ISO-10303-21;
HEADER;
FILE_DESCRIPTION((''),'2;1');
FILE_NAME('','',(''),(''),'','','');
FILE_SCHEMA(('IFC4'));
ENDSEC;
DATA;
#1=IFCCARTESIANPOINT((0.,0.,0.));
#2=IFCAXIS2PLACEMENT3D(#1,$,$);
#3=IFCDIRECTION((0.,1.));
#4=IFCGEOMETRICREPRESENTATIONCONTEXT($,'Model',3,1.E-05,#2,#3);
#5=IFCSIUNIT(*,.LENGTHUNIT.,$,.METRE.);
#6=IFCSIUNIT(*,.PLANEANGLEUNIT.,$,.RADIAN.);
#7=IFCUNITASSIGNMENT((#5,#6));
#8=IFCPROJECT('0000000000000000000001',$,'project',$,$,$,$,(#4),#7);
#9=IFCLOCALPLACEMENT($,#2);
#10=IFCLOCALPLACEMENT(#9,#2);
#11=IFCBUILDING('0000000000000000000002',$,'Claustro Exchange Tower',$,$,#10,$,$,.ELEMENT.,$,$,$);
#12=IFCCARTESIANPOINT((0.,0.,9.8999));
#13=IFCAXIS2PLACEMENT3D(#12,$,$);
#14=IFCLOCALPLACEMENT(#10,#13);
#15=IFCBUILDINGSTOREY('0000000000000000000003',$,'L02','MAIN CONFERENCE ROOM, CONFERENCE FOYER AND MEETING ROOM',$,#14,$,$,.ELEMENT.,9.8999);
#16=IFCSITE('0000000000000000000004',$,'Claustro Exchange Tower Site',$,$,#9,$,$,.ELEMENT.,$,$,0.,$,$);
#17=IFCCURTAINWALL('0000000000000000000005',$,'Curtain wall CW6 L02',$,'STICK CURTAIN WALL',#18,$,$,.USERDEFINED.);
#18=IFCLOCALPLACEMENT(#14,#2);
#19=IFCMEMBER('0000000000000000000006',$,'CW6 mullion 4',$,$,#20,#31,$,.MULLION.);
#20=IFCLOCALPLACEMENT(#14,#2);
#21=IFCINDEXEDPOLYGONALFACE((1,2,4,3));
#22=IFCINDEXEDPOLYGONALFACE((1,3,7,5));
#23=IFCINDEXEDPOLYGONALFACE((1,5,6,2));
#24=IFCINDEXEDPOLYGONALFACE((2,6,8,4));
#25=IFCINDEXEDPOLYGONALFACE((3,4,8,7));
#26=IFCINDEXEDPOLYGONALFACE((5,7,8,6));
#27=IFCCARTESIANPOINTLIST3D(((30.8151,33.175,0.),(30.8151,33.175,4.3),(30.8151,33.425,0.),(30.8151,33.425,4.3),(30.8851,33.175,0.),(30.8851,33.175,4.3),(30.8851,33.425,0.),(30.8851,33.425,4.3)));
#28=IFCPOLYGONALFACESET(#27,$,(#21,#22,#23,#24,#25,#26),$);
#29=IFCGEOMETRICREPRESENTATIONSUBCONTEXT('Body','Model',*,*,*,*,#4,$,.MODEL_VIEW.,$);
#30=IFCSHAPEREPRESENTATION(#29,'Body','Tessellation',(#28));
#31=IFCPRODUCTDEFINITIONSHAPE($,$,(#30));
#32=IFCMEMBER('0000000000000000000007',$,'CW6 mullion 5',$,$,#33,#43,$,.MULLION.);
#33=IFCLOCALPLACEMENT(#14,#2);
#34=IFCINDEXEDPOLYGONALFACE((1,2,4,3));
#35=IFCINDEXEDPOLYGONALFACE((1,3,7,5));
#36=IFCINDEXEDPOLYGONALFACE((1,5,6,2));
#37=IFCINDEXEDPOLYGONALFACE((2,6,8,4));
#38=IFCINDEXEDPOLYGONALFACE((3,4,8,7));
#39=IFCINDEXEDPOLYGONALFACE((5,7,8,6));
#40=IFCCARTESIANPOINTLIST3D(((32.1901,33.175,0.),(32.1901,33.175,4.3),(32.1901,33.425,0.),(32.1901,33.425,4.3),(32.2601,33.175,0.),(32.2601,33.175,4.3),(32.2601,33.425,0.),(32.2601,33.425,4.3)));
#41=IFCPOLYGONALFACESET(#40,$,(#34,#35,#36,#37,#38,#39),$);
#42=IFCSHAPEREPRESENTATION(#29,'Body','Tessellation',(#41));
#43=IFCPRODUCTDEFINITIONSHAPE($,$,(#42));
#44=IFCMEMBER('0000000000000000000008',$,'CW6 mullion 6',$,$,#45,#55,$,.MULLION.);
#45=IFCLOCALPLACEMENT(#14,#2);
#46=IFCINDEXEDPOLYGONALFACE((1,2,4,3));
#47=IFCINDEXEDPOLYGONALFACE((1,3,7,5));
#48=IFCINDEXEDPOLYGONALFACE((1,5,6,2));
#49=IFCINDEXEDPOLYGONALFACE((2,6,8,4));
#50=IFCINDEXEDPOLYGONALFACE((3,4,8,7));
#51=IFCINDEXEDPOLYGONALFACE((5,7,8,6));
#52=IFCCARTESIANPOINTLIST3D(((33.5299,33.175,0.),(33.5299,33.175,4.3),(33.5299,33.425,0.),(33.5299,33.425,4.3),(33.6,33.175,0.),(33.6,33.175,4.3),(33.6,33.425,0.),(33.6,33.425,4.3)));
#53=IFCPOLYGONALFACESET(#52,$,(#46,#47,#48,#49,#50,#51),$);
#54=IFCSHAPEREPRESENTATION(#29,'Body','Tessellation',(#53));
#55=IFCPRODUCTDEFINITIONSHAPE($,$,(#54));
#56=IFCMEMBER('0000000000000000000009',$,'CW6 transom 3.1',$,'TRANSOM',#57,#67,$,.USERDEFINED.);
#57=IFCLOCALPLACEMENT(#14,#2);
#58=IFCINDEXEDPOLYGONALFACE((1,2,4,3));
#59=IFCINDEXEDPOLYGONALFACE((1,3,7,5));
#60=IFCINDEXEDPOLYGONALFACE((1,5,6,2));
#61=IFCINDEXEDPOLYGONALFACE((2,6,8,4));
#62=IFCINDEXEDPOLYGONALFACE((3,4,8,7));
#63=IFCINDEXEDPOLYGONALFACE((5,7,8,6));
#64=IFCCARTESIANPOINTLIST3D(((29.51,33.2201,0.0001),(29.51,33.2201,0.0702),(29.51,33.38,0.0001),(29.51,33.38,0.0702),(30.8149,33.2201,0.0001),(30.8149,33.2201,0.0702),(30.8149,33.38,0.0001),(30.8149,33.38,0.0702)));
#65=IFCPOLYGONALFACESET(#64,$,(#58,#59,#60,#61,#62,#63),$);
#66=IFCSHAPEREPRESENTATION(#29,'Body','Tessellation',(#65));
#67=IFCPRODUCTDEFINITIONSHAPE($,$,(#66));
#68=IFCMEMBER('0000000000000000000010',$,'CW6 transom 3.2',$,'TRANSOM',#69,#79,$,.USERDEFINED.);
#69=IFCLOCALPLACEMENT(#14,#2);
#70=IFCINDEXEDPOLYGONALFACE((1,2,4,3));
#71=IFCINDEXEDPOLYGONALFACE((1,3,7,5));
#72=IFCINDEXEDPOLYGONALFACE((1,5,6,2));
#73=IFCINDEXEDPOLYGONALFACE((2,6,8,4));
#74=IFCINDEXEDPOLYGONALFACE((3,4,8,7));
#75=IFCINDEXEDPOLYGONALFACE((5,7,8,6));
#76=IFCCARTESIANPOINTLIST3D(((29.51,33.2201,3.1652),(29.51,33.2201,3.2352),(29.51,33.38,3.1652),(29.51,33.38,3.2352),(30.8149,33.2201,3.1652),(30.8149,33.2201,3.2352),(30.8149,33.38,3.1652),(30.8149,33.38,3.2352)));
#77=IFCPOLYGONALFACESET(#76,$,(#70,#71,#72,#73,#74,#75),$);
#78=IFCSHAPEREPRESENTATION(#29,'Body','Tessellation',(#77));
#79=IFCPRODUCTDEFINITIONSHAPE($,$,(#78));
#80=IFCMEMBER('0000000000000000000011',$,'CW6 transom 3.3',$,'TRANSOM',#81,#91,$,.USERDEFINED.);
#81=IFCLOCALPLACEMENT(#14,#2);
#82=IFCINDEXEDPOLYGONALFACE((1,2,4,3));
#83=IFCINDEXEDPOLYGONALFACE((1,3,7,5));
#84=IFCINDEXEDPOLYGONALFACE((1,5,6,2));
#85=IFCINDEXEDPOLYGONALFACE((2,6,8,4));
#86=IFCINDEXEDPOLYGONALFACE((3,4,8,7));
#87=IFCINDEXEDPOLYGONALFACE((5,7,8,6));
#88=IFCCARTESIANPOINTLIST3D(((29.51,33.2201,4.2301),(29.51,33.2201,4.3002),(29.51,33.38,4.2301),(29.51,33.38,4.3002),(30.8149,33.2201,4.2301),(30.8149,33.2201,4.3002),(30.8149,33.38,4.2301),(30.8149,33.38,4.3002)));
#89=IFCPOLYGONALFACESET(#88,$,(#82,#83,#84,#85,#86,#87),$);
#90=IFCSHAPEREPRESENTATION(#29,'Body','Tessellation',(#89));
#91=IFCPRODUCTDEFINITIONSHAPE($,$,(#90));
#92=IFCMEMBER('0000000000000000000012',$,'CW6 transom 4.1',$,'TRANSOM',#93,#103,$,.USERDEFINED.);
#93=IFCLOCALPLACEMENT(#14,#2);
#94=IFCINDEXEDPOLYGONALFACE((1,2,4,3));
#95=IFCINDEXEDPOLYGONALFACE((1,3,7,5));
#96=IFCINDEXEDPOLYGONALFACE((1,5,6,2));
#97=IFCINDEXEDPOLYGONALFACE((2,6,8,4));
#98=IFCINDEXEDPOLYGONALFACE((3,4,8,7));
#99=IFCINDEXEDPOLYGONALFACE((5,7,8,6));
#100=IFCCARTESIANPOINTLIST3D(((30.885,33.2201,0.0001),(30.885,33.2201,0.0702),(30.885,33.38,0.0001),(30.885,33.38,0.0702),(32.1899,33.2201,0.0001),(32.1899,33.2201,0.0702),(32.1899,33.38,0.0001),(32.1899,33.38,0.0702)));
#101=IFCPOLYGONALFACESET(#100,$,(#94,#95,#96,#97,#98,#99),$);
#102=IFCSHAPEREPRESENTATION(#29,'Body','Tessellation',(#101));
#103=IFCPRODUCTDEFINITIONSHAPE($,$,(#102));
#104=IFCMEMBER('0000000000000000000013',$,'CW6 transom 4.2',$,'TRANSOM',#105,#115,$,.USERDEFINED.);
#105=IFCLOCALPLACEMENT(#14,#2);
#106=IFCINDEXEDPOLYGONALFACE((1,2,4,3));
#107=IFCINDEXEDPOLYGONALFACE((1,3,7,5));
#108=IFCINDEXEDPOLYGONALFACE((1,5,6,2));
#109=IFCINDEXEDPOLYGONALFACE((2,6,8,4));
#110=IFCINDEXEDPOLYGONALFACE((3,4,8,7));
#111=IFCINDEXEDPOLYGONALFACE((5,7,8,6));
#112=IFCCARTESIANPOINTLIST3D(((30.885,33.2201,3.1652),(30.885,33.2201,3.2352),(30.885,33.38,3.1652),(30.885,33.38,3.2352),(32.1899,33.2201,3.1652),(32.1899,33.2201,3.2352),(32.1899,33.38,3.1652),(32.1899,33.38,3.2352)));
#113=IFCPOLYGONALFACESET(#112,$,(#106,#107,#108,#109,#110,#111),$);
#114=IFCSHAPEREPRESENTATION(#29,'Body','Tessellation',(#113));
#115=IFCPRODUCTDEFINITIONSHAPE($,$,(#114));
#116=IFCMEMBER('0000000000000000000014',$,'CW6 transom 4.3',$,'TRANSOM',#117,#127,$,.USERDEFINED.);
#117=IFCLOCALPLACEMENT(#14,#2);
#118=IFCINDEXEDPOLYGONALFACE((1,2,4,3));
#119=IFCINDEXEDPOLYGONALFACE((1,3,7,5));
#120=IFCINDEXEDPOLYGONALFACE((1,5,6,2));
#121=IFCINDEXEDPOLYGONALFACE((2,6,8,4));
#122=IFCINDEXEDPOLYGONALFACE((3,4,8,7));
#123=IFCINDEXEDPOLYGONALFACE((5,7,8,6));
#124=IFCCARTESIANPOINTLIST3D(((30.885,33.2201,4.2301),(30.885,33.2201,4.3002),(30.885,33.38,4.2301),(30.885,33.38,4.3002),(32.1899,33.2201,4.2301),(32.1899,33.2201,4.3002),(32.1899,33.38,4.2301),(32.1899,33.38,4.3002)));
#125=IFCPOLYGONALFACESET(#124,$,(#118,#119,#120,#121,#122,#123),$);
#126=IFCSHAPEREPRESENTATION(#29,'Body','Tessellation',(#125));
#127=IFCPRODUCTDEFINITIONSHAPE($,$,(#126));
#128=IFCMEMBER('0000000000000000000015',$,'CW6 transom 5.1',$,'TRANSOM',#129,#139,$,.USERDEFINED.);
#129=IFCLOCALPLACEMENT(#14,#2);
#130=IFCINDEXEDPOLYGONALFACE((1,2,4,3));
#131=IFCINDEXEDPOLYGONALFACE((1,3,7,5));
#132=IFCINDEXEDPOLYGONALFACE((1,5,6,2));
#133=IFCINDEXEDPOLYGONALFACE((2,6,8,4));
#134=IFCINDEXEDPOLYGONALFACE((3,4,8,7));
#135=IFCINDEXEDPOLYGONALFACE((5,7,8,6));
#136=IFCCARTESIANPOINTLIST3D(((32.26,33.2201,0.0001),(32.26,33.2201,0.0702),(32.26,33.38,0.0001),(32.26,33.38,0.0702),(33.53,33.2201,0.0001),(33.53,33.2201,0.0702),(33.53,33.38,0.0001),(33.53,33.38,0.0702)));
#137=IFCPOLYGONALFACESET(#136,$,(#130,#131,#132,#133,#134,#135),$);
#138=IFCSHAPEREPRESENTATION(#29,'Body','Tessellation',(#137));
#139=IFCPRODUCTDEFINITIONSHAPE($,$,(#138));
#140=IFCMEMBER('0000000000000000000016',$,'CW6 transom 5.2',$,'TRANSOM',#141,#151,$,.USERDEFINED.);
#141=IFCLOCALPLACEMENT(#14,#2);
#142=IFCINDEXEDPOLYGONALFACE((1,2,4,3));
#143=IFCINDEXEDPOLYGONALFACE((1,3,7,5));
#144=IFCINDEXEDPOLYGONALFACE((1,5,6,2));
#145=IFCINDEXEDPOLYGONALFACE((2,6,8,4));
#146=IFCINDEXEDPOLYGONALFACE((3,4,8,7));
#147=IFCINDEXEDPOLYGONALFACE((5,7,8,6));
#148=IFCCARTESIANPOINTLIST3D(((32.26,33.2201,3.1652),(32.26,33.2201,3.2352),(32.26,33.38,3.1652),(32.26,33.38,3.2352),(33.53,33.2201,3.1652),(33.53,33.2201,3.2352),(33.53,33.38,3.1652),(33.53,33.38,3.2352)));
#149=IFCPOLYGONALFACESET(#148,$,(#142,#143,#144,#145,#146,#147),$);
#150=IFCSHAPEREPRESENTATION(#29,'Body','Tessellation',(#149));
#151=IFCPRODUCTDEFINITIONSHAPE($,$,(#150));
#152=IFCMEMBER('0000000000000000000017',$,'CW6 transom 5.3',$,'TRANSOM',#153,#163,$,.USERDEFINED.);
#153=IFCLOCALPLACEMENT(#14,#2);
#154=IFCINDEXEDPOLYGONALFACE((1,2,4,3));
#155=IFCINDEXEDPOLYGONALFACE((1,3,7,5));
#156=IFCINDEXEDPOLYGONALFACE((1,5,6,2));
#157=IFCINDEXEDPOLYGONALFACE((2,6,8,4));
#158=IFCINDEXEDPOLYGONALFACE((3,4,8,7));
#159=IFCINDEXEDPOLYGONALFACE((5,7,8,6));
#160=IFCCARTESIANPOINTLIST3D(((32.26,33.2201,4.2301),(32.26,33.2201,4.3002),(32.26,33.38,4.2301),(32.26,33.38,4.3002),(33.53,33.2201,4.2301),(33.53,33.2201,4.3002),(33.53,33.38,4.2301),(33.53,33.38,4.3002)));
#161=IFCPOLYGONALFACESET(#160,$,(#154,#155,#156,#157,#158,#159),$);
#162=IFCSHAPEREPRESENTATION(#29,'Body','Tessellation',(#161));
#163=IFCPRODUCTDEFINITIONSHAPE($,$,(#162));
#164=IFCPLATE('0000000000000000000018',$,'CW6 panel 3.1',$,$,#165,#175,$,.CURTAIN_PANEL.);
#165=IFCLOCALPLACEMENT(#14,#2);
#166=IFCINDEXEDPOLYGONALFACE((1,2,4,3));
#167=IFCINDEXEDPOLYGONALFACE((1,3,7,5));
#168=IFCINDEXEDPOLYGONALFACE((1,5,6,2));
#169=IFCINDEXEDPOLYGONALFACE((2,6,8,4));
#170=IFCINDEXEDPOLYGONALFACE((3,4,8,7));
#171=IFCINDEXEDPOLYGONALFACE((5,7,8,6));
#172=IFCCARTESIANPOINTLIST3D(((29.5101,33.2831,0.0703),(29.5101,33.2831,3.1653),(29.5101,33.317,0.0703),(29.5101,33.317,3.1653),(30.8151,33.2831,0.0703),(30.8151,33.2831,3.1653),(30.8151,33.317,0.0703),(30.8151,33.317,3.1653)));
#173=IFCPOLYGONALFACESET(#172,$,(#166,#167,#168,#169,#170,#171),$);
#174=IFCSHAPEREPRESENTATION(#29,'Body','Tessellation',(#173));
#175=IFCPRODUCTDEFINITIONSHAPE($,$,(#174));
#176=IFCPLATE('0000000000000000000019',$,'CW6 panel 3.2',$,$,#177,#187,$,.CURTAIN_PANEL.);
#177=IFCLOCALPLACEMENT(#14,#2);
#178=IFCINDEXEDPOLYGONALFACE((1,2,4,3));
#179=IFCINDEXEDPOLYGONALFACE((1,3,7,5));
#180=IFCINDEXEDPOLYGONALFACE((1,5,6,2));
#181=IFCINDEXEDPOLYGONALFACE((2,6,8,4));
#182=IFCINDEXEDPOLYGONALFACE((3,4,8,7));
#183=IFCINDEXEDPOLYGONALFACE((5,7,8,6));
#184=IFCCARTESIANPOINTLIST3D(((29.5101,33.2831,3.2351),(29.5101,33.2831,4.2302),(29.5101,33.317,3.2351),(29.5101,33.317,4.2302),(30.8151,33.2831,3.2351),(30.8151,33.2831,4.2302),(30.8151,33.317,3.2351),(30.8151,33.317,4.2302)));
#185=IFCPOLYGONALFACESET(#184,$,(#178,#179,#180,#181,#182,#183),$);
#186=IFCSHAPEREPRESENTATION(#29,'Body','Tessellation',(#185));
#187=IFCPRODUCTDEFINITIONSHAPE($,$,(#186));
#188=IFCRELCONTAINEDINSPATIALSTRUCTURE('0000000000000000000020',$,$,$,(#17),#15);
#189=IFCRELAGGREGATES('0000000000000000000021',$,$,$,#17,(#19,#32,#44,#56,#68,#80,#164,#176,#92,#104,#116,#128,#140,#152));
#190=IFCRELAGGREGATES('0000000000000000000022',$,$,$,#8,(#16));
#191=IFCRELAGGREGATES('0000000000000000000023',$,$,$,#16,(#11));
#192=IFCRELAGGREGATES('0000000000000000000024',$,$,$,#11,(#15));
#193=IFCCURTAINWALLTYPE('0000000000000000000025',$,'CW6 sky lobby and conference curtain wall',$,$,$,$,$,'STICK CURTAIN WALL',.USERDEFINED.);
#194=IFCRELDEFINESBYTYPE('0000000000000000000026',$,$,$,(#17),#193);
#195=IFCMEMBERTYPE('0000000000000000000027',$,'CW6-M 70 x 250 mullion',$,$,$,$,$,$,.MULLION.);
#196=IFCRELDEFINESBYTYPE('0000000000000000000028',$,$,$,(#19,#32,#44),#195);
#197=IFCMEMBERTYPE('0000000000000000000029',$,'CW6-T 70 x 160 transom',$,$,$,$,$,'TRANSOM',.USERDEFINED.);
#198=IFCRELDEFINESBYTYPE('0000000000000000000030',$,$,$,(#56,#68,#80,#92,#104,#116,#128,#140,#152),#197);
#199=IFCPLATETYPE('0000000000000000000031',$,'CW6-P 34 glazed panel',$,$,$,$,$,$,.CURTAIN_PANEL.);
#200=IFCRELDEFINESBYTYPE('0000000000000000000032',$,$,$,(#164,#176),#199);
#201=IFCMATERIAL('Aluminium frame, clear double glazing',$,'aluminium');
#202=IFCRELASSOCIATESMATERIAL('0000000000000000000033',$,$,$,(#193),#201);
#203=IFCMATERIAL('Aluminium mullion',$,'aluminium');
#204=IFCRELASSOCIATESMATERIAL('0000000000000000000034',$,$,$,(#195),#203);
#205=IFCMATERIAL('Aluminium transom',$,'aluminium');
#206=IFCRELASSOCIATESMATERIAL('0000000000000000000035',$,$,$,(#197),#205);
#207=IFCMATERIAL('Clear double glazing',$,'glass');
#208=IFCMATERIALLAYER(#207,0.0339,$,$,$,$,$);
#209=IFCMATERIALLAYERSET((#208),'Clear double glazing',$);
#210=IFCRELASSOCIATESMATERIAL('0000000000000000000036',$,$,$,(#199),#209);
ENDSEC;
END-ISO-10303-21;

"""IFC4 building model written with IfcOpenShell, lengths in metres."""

from ifc_helpers import new_model, si_unit, direction, frame, origin, origin_2d, place, context, subcontext, project, spatial, rectangle, extrude, material, layer, layer_set, material_profile, profile_set, type_object, element, aggregate, save


model = new_model("IFC4")

# Units and contexts
model_context = context("Model", 3, precision=1e-05, world=origin(), true_north=direction((0.0, 1.0)))
body_context = subcontext(model_context, "Body", "Model", "MODEL_VIEW")
ifc_project = project(units=[si_unit("LENGTHUNIT", "METRE"), si_unit("PLANEANGLEUNIT", "RADIAN")], contexts=[model_context])

# Site, building, storey
site_placement = place(None, origin())
site = spatial("IfcSite", under=ifc_project, at=site_placement, Name="Claustro Exchange Tower Site", CompositionType="ELEMENT", RefElevation=0.0)
building_placement = place(site_placement, origin())
building = spatial("IfcBuilding", under=site, at=building_placement, Name="Claustro Exchange Tower", CompositionType="ELEMENT")
storey_placement = place(building_placement, frame((0.0, 0.0, 9.8999)))
storey = spatial("IfcBuildingStorey", under=building, at=storey_placement, Name="L02", Description="MAIN CONFERENCE ROOM, CONFERENCE FOYER AND MEETING ROOM", CompositionType="ELEMENT", Elevation=9.8999)

# Curtain wall, members, plates
ifc_material_1 = material(Name="Aluminium frame, clear double glazing", Category="aluminium")
curtain_wall_type = type_object("IfcCurtainWallType", Name="CW6 sky lobby and conference curtain wall", ElementType="STICK CURTAIN WALL", PredefinedType="USERDEFINED", material=ifc_material_1)
curtain_wall_placement = place(storey_placement, origin())
curtain_wall = element("IfcCurtainWall", 1, at=curtain_wall_placement, inside=storey, type_object=curtain_wall_type, Name="Curtain wall CW6 L02", ObjectType="STICK CURTAIN WALL", PredefinedType="USERDEFINED")
ifc_material_2 = material(Name="Aluminium mullion", Category="aluminium")
ifc_material_profile_1 = material_profile(ifc_material_2, rectangle(XDim=0.25, YDim=0.0701, at=origin_2d()), Name="CW6-M 70x250")
ifc_profile_set_1 = profile_set([ifc_material_profile_1], Name="Aluminium mullion")
member_type_1 = type_object("IfcMemberType", Name="CW6-M 70 x 250 mullion", PredefinedType="MULLION", material=ifc_profile_set_1)
member_1_placement = place(storey_placement, frame((30.8501, 33.3, 0.0), z_axis=(0.0, 0.0, 1.0), x_axis=(0.0, 1.0, 0.0)))
member_1 = element("IfcMember", 2, at=member_1_placement, type_object=member_type_1, Name="CW6 mullion 4", PredefinedType="MULLION", context=body_context, shape_type="SweptSolid", body=[
    extrude(rectangle(XDim=0.25, YDim=0.0701, at=origin_2d()), origin(), (0.0, 0.0, 1.0), 4.3),
])
member_2_placement = place(storey_placement, frame((32.2251, 33.3, 0.0), z_axis=(0.0, 0.0, 1.0), x_axis=(0.0, 1.0, 0.0)))
member_2 = element("IfcMember", 3, at=member_2_placement, type_object=member_type_1, Name="CW6 mullion 5", PredefinedType="MULLION", context=body_context, shape_type="SweptSolid", body=[
    extrude(rectangle(XDim=0.25, YDim=0.0701, at=origin_2d()), origin(), (0.0, 0.0, 1.0), 4.3),
])
member_3_placement = place(storey_placement, frame((33.5649, 33.3, 0.0), z_axis=(0.0, 0.0, 1.0), x_axis=(0.0, 1.0, 0.0)))
member_3 = element("IfcMember", 4, at=member_3_placement, type_object=member_type_1, Name="CW6 mullion 6", PredefinedType="MULLION", context=body_context, shape_type="SweptSolid", body=[
    extrude(rectangle(XDim=0.25, YDim=0.0701, at=origin_2d()), origin(), (0.0, 0.0, 1.0), 4.3),
])
ifc_material_3 = material(Name="Aluminium transom", Category="aluminium")
ifc_material_profile_2 = material_profile(ifc_material_3, rectangle(XDim=0.1599, YDim=0.0701, at=origin_2d()), Name="CW6-T 70x160")
ifc_profile_set_2 = profile_set([ifc_material_profile_2], Name="Aluminium transom")
member_type_2 = type_object("IfcMemberType", Name="CW6-T 70 x 160 transom", ElementType="TRANSOM", PredefinedType="USERDEFINED", material=ifc_profile_set_2)
member_4_placement = place(storey_placement, frame((29.51, 33.3, 0.0352), z_axis=(1.0, 0.0, 0.0), x_axis=(0.0, 1.0, 0.0)))
member_4 = element("IfcMember", 5, at=member_4_placement, type_object=member_type_2, Name="CW6 transom 3.1", ObjectType="TRANSOM", PredefinedType="USERDEFINED", context=body_context, shape_type="SweptSolid", body=[
    extrude(rectangle(XDim=0.1599, YDim=0.0701, at=origin_2d()), origin(), (0.0, 0.0, 1.0), 1.3049),
])
member_5_placement = place(storey_placement, frame((29.51, 33.3, 3.2002), z_axis=(1.0, 0.0, 0.0), x_axis=(0.0, 1.0, 0.0)))
member_5 = element("IfcMember", 6, at=member_5_placement, type_object=member_type_2, Name="CW6 transom 3.2", ObjectType="TRANSOM", PredefinedType="USERDEFINED", context=body_context, shape_type="SweptSolid", body=[
    extrude(rectangle(XDim=0.1599, YDim=0.0701, at=origin_2d()), origin(), (0.0, 0.0, 1.0), 1.3049),
])
member_6_placement = place(storey_placement, frame((29.51, 33.3, 4.2651), z_axis=(1.0, 0.0, 0.0), x_axis=(0.0, 1.0, 0.0)))
member_6 = element("IfcMember", 7, at=member_6_placement, type_object=member_type_2, Name="CW6 transom 3.3", ObjectType="TRANSOM", PredefinedType="USERDEFINED", context=body_context, shape_type="SweptSolid", body=[
    extrude(rectangle(XDim=0.1599, YDim=0.0701, at=origin_2d()), origin(), (0.0, 0.0, 1.0), 1.3049),
])
member_7_placement = place(storey_placement, frame((30.885, 33.3, 0.0352), z_axis=(1.0, 0.0, 0.0), x_axis=(0.0, 1.0, 0.0)))
member_7 = element("IfcMember", 8, at=member_7_placement, type_object=member_type_2, Name="CW6 transom 4.1", ObjectType="TRANSOM", PredefinedType="USERDEFINED", context=body_context, shape_type="SweptSolid", body=[
    extrude(rectangle(XDim=0.1599, YDim=0.0701, at=origin_2d()), origin(), (0.0, 0.0, 1.0), 1.3049),
])
member_8_placement = place(storey_placement, frame((30.885, 33.3, 3.2002), z_axis=(1.0, 0.0, 0.0), x_axis=(0.0, 1.0, 0.0)))
member_8 = element("IfcMember", 9, at=member_8_placement, type_object=member_type_2, Name="CW6 transom 4.2", ObjectType="TRANSOM", PredefinedType="USERDEFINED", context=body_context, shape_type="SweptSolid", body=[
    extrude(rectangle(XDim=0.1599, YDim=0.0701, at=origin_2d()), origin(), (0.0, 0.0, 1.0), 1.3049),
])
member_9_placement = place(storey_placement, frame((30.885, 33.3, 4.2651), z_axis=(1.0, 0.0, 0.0), x_axis=(0.0, 1.0, 0.0)))
member_9 = element("IfcMember", 10, at=member_9_placement, type_object=member_type_2, Name="CW6 transom 4.3", ObjectType="TRANSOM", PredefinedType="USERDEFINED", context=body_context, shape_type="SweptSolid", body=[
    extrude(rectangle(XDim=0.1599, YDim=0.0701, at=origin_2d()), origin(), (0.0, 0.0, 1.0), 1.3049),
])
member_10_placement = place(storey_placement, frame((32.26, 33.3, 0.0352), z_axis=(1.0, 0.0, 0.0), x_axis=(0.0, 1.0, 0.0)))
member_10 = element("IfcMember", 11, at=member_10_placement, type_object=member_type_2, Name="CW6 transom 5.1", ObjectType="TRANSOM", PredefinedType="USERDEFINED", context=body_context, shape_type="SweptSolid", body=[
    extrude(rectangle(XDim=0.1599, YDim=0.0701, at=origin_2d()), origin(), (0.0, 0.0, 1.0), 1.27),
])
member_11_placement = place(storey_placement, frame((32.26, 33.3, 3.2002), z_axis=(1.0, 0.0, 0.0), x_axis=(0.0, 1.0, 0.0)))
member_11 = element("IfcMember", 12, at=member_11_placement, type_object=member_type_2, Name="CW6 transom 5.2", ObjectType="TRANSOM", PredefinedType="USERDEFINED", context=body_context, shape_type="SweptSolid", body=[
    extrude(rectangle(XDim=0.1599, YDim=0.0701, at=origin_2d()), origin(), (0.0, 0.0, 1.0), 1.27),
])
member_12_placement = place(storey_placement, frame((32.26, 33.3, 4.2651), z_axis=(1.0, 0.0, 0.0), x_axis=(0.0, 1.0, 0.0)))
member_12 = element("IfcMember", 13, at=member_12_placement, type_object=member_type_2, Name="CW6 transom 5.3", ObjectType="TRANSOM", PredefinedType="USERDEFINED", context=body_context, shape_type="SweptSolid", body=[
    extrude(rectangle(XDim=0.1599, YDim=0.0701, at=origin_2d()), origin(), (0.0, 0.0, 1.0), 1.27),
])
ifc_material_4 = material(Name="Clear double glazing", Category="glass")
ifc_layer_1 = layer(ifc_material_4, 0.0339)
ifc_layer_set_1 = layer_set([ifc_layer_1], Name="Clear double glazing")
plate_type = type_object("IfcPlateType", Name="CW6-P 34 glazed panel", PredefinedType="CURTAIN_PANEL", material=ifc_layer_set_1)
plate_1_placement = place(storey_placement, frame((30.1626, 33.3, 0.0703), z_axis=(0.0, 0.0, 1.0), x_axis=(1.0, 0.0, 0.0)))
plate_1 = element("IfcPlate", 14, at=plate_1_placement, type_object=plate_type, Name="CW6 panel 3.1", PredefinedType="CURTAIN_PANEL", context=body_context, shape_type="SweptSolid", body=[
    extrude(rectangle(XDim=1.3049, YDim=0.0339, at=origin_2d()), origin(), (0.0, 0.0, 1.0), 3.095),
])
plate_2_placement = place(storey_placement, frame((30.1626, 33.3, 3.2351), z_axis=(0.0, 0.0, 1.0), x_axis=(1.0, 0.0, 0.0)))
plate_2 = element("IfcPlate", 15, at=plate_2_placement, type_object=plate_type, Name="CW6 panel 3.2", PredefinedType="CURTAIN_PANEL", context=body_context, shape_type="SweptSolid", body=[
    extrude(rectangle(XDim=1.3049, YDim=0.0339, at=origin_2d()), origin(), (0.0, 0.0, 1.0), 0.9951),
])
aggregate(curtain_wall, [member_1, member_2, member_3, member_4, member_5, member_6, plate_1, plate_2, member_7, member_8, member_9, member_10, member_11, member_12])

save(model, "model.ifc")
